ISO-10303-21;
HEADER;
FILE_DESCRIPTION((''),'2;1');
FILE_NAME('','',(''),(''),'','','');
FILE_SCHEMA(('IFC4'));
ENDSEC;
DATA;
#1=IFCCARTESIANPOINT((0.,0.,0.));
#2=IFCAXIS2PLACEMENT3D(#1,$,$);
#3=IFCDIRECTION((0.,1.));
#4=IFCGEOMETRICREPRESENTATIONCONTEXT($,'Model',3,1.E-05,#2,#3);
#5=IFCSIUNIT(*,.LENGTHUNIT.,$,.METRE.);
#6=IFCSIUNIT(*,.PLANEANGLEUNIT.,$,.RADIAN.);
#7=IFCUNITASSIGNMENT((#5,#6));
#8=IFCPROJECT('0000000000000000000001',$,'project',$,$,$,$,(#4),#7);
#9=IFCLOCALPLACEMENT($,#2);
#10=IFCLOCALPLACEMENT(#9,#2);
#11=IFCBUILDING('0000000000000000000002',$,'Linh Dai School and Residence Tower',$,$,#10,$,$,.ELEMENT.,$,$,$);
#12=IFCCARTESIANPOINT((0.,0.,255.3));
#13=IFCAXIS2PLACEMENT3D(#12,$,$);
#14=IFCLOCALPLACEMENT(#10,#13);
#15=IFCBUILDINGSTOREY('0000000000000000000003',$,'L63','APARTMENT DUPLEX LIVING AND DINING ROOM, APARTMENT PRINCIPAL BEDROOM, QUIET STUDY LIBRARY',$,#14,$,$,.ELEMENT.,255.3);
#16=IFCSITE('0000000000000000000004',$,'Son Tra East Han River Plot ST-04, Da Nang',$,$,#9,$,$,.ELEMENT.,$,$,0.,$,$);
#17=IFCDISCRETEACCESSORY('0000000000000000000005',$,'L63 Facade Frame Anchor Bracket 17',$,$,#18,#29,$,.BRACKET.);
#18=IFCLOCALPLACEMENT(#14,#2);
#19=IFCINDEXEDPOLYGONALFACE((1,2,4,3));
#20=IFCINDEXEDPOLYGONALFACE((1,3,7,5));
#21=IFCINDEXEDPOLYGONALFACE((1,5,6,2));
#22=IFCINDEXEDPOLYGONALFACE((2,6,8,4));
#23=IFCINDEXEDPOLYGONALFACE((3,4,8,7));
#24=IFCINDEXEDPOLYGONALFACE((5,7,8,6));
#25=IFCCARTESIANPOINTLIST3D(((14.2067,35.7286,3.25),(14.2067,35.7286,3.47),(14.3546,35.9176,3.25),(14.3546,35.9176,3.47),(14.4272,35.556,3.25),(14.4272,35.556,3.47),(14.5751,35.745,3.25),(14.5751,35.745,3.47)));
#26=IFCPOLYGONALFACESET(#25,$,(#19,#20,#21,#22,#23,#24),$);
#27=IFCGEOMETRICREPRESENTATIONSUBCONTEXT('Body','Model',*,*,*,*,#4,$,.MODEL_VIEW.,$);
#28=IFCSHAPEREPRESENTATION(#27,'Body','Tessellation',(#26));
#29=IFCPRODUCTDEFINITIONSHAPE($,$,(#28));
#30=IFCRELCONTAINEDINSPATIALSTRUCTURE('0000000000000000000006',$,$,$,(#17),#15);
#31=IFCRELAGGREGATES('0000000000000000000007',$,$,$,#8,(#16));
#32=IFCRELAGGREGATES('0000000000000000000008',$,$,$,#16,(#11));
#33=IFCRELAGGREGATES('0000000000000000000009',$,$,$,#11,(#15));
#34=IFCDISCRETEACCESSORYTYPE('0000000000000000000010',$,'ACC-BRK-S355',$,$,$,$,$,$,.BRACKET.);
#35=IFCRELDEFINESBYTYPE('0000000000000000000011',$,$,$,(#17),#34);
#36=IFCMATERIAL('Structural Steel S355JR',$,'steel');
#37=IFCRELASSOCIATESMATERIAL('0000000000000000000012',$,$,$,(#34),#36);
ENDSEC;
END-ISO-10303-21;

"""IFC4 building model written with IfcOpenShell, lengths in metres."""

from ifc_helpers import new_model, si_unit, direction, frame, origin, origin_2d, place, context, subcontext, project, spatial, rectangle, extrude, source, transform, mapped, material, type_object, element, save


model = new_model("IFC4")

# Units and contexts
model_context = context("Model", 3, precision=1e-05, world=origin(), true_north=direction((0.0, 1.0)))
body_context = subcontext(model_context, "Body", "Model", "MODEL_VIEW")
ifc_project = project(units=[si_unit("LENGTHUNIT", "METRE"), si_unit("PLANEANGLEUNIT", "RADIAN")], contexts=[model_context])

# Site, building, storey
site_placement = place(None, origin())
site = spatial("IfcSite", under=ifc_project, at=site_placement, Name="Son Tra East Han River Plot ST-04, Da Nang", CompositionType="ELEMENT", RefElevation=0.0)
building_placement = place(site_placement, origin())
building = spatial("IfcBuilding", under=site, at=building_placement, Name="Linh Dai School and Residence Tower", CompositionType="ELEMENT")
storey_placement = place(building_placement, frame((0.0, 0.0, 255.3)))
storey = spatial("IfcBuildingStorey", under=building, at=storey_placement, Name="L63", Description="APARTMENT DUPLEX LIVING AND DINING ROOM, APARTMENT PRINCIPAL BEDROOM, QUIET STUDY LIBRARY", CompositionType="ELEMENT", Elevation=255.3)

# Shared definitions
ifc_material_1 = material(Name="Structural Steel S355JR", Category="steel")

# Discrete accessory
discrete_accessory_type = type_object("IfcDiscreteAccessoryType", Name="ACC-BRK-S355", PredefinedType="BRACKET", material=ifc_material_1)
shared_shape_1 = source(origin(), body_context, "Body", "SweptSolid", [
    extrude(rectangle(XDim=0.28, YDim=0.24, at=origin_2d()), origin(), (0.0, 0.0, 1.0), 0.22),
])
for number, where, z_axis, x_axis, name in (
    (1, (14.3909, 35.7368, 3.25), (0.0, 0.0, 1.0), (-0.787487, 0.616332, 0.0), "L63 Facade Frame Anchor Bracket 17"),
):
    element("IfcDiscreteAccessory", number, at=place(storey_placement, frame(where, z_axis=z_axis, x_axis=x_axis)), inside=storey, type_object=discrete_accessory_type, Name=name, PredefinedType="BRACKET", context=body_context, shape_type="MappedRepresentation", body=[
        mapped(shared_shape_1, transform((0.0, 0.0, 0.0), x_axis=(1.0, 0.0, 0.0), y_axis=(0.0, 1.0, 0.0), z_axis=(0.0, 0.0, 1.0), scale=1.0)),
    ])

save(model, "model.ifc")
